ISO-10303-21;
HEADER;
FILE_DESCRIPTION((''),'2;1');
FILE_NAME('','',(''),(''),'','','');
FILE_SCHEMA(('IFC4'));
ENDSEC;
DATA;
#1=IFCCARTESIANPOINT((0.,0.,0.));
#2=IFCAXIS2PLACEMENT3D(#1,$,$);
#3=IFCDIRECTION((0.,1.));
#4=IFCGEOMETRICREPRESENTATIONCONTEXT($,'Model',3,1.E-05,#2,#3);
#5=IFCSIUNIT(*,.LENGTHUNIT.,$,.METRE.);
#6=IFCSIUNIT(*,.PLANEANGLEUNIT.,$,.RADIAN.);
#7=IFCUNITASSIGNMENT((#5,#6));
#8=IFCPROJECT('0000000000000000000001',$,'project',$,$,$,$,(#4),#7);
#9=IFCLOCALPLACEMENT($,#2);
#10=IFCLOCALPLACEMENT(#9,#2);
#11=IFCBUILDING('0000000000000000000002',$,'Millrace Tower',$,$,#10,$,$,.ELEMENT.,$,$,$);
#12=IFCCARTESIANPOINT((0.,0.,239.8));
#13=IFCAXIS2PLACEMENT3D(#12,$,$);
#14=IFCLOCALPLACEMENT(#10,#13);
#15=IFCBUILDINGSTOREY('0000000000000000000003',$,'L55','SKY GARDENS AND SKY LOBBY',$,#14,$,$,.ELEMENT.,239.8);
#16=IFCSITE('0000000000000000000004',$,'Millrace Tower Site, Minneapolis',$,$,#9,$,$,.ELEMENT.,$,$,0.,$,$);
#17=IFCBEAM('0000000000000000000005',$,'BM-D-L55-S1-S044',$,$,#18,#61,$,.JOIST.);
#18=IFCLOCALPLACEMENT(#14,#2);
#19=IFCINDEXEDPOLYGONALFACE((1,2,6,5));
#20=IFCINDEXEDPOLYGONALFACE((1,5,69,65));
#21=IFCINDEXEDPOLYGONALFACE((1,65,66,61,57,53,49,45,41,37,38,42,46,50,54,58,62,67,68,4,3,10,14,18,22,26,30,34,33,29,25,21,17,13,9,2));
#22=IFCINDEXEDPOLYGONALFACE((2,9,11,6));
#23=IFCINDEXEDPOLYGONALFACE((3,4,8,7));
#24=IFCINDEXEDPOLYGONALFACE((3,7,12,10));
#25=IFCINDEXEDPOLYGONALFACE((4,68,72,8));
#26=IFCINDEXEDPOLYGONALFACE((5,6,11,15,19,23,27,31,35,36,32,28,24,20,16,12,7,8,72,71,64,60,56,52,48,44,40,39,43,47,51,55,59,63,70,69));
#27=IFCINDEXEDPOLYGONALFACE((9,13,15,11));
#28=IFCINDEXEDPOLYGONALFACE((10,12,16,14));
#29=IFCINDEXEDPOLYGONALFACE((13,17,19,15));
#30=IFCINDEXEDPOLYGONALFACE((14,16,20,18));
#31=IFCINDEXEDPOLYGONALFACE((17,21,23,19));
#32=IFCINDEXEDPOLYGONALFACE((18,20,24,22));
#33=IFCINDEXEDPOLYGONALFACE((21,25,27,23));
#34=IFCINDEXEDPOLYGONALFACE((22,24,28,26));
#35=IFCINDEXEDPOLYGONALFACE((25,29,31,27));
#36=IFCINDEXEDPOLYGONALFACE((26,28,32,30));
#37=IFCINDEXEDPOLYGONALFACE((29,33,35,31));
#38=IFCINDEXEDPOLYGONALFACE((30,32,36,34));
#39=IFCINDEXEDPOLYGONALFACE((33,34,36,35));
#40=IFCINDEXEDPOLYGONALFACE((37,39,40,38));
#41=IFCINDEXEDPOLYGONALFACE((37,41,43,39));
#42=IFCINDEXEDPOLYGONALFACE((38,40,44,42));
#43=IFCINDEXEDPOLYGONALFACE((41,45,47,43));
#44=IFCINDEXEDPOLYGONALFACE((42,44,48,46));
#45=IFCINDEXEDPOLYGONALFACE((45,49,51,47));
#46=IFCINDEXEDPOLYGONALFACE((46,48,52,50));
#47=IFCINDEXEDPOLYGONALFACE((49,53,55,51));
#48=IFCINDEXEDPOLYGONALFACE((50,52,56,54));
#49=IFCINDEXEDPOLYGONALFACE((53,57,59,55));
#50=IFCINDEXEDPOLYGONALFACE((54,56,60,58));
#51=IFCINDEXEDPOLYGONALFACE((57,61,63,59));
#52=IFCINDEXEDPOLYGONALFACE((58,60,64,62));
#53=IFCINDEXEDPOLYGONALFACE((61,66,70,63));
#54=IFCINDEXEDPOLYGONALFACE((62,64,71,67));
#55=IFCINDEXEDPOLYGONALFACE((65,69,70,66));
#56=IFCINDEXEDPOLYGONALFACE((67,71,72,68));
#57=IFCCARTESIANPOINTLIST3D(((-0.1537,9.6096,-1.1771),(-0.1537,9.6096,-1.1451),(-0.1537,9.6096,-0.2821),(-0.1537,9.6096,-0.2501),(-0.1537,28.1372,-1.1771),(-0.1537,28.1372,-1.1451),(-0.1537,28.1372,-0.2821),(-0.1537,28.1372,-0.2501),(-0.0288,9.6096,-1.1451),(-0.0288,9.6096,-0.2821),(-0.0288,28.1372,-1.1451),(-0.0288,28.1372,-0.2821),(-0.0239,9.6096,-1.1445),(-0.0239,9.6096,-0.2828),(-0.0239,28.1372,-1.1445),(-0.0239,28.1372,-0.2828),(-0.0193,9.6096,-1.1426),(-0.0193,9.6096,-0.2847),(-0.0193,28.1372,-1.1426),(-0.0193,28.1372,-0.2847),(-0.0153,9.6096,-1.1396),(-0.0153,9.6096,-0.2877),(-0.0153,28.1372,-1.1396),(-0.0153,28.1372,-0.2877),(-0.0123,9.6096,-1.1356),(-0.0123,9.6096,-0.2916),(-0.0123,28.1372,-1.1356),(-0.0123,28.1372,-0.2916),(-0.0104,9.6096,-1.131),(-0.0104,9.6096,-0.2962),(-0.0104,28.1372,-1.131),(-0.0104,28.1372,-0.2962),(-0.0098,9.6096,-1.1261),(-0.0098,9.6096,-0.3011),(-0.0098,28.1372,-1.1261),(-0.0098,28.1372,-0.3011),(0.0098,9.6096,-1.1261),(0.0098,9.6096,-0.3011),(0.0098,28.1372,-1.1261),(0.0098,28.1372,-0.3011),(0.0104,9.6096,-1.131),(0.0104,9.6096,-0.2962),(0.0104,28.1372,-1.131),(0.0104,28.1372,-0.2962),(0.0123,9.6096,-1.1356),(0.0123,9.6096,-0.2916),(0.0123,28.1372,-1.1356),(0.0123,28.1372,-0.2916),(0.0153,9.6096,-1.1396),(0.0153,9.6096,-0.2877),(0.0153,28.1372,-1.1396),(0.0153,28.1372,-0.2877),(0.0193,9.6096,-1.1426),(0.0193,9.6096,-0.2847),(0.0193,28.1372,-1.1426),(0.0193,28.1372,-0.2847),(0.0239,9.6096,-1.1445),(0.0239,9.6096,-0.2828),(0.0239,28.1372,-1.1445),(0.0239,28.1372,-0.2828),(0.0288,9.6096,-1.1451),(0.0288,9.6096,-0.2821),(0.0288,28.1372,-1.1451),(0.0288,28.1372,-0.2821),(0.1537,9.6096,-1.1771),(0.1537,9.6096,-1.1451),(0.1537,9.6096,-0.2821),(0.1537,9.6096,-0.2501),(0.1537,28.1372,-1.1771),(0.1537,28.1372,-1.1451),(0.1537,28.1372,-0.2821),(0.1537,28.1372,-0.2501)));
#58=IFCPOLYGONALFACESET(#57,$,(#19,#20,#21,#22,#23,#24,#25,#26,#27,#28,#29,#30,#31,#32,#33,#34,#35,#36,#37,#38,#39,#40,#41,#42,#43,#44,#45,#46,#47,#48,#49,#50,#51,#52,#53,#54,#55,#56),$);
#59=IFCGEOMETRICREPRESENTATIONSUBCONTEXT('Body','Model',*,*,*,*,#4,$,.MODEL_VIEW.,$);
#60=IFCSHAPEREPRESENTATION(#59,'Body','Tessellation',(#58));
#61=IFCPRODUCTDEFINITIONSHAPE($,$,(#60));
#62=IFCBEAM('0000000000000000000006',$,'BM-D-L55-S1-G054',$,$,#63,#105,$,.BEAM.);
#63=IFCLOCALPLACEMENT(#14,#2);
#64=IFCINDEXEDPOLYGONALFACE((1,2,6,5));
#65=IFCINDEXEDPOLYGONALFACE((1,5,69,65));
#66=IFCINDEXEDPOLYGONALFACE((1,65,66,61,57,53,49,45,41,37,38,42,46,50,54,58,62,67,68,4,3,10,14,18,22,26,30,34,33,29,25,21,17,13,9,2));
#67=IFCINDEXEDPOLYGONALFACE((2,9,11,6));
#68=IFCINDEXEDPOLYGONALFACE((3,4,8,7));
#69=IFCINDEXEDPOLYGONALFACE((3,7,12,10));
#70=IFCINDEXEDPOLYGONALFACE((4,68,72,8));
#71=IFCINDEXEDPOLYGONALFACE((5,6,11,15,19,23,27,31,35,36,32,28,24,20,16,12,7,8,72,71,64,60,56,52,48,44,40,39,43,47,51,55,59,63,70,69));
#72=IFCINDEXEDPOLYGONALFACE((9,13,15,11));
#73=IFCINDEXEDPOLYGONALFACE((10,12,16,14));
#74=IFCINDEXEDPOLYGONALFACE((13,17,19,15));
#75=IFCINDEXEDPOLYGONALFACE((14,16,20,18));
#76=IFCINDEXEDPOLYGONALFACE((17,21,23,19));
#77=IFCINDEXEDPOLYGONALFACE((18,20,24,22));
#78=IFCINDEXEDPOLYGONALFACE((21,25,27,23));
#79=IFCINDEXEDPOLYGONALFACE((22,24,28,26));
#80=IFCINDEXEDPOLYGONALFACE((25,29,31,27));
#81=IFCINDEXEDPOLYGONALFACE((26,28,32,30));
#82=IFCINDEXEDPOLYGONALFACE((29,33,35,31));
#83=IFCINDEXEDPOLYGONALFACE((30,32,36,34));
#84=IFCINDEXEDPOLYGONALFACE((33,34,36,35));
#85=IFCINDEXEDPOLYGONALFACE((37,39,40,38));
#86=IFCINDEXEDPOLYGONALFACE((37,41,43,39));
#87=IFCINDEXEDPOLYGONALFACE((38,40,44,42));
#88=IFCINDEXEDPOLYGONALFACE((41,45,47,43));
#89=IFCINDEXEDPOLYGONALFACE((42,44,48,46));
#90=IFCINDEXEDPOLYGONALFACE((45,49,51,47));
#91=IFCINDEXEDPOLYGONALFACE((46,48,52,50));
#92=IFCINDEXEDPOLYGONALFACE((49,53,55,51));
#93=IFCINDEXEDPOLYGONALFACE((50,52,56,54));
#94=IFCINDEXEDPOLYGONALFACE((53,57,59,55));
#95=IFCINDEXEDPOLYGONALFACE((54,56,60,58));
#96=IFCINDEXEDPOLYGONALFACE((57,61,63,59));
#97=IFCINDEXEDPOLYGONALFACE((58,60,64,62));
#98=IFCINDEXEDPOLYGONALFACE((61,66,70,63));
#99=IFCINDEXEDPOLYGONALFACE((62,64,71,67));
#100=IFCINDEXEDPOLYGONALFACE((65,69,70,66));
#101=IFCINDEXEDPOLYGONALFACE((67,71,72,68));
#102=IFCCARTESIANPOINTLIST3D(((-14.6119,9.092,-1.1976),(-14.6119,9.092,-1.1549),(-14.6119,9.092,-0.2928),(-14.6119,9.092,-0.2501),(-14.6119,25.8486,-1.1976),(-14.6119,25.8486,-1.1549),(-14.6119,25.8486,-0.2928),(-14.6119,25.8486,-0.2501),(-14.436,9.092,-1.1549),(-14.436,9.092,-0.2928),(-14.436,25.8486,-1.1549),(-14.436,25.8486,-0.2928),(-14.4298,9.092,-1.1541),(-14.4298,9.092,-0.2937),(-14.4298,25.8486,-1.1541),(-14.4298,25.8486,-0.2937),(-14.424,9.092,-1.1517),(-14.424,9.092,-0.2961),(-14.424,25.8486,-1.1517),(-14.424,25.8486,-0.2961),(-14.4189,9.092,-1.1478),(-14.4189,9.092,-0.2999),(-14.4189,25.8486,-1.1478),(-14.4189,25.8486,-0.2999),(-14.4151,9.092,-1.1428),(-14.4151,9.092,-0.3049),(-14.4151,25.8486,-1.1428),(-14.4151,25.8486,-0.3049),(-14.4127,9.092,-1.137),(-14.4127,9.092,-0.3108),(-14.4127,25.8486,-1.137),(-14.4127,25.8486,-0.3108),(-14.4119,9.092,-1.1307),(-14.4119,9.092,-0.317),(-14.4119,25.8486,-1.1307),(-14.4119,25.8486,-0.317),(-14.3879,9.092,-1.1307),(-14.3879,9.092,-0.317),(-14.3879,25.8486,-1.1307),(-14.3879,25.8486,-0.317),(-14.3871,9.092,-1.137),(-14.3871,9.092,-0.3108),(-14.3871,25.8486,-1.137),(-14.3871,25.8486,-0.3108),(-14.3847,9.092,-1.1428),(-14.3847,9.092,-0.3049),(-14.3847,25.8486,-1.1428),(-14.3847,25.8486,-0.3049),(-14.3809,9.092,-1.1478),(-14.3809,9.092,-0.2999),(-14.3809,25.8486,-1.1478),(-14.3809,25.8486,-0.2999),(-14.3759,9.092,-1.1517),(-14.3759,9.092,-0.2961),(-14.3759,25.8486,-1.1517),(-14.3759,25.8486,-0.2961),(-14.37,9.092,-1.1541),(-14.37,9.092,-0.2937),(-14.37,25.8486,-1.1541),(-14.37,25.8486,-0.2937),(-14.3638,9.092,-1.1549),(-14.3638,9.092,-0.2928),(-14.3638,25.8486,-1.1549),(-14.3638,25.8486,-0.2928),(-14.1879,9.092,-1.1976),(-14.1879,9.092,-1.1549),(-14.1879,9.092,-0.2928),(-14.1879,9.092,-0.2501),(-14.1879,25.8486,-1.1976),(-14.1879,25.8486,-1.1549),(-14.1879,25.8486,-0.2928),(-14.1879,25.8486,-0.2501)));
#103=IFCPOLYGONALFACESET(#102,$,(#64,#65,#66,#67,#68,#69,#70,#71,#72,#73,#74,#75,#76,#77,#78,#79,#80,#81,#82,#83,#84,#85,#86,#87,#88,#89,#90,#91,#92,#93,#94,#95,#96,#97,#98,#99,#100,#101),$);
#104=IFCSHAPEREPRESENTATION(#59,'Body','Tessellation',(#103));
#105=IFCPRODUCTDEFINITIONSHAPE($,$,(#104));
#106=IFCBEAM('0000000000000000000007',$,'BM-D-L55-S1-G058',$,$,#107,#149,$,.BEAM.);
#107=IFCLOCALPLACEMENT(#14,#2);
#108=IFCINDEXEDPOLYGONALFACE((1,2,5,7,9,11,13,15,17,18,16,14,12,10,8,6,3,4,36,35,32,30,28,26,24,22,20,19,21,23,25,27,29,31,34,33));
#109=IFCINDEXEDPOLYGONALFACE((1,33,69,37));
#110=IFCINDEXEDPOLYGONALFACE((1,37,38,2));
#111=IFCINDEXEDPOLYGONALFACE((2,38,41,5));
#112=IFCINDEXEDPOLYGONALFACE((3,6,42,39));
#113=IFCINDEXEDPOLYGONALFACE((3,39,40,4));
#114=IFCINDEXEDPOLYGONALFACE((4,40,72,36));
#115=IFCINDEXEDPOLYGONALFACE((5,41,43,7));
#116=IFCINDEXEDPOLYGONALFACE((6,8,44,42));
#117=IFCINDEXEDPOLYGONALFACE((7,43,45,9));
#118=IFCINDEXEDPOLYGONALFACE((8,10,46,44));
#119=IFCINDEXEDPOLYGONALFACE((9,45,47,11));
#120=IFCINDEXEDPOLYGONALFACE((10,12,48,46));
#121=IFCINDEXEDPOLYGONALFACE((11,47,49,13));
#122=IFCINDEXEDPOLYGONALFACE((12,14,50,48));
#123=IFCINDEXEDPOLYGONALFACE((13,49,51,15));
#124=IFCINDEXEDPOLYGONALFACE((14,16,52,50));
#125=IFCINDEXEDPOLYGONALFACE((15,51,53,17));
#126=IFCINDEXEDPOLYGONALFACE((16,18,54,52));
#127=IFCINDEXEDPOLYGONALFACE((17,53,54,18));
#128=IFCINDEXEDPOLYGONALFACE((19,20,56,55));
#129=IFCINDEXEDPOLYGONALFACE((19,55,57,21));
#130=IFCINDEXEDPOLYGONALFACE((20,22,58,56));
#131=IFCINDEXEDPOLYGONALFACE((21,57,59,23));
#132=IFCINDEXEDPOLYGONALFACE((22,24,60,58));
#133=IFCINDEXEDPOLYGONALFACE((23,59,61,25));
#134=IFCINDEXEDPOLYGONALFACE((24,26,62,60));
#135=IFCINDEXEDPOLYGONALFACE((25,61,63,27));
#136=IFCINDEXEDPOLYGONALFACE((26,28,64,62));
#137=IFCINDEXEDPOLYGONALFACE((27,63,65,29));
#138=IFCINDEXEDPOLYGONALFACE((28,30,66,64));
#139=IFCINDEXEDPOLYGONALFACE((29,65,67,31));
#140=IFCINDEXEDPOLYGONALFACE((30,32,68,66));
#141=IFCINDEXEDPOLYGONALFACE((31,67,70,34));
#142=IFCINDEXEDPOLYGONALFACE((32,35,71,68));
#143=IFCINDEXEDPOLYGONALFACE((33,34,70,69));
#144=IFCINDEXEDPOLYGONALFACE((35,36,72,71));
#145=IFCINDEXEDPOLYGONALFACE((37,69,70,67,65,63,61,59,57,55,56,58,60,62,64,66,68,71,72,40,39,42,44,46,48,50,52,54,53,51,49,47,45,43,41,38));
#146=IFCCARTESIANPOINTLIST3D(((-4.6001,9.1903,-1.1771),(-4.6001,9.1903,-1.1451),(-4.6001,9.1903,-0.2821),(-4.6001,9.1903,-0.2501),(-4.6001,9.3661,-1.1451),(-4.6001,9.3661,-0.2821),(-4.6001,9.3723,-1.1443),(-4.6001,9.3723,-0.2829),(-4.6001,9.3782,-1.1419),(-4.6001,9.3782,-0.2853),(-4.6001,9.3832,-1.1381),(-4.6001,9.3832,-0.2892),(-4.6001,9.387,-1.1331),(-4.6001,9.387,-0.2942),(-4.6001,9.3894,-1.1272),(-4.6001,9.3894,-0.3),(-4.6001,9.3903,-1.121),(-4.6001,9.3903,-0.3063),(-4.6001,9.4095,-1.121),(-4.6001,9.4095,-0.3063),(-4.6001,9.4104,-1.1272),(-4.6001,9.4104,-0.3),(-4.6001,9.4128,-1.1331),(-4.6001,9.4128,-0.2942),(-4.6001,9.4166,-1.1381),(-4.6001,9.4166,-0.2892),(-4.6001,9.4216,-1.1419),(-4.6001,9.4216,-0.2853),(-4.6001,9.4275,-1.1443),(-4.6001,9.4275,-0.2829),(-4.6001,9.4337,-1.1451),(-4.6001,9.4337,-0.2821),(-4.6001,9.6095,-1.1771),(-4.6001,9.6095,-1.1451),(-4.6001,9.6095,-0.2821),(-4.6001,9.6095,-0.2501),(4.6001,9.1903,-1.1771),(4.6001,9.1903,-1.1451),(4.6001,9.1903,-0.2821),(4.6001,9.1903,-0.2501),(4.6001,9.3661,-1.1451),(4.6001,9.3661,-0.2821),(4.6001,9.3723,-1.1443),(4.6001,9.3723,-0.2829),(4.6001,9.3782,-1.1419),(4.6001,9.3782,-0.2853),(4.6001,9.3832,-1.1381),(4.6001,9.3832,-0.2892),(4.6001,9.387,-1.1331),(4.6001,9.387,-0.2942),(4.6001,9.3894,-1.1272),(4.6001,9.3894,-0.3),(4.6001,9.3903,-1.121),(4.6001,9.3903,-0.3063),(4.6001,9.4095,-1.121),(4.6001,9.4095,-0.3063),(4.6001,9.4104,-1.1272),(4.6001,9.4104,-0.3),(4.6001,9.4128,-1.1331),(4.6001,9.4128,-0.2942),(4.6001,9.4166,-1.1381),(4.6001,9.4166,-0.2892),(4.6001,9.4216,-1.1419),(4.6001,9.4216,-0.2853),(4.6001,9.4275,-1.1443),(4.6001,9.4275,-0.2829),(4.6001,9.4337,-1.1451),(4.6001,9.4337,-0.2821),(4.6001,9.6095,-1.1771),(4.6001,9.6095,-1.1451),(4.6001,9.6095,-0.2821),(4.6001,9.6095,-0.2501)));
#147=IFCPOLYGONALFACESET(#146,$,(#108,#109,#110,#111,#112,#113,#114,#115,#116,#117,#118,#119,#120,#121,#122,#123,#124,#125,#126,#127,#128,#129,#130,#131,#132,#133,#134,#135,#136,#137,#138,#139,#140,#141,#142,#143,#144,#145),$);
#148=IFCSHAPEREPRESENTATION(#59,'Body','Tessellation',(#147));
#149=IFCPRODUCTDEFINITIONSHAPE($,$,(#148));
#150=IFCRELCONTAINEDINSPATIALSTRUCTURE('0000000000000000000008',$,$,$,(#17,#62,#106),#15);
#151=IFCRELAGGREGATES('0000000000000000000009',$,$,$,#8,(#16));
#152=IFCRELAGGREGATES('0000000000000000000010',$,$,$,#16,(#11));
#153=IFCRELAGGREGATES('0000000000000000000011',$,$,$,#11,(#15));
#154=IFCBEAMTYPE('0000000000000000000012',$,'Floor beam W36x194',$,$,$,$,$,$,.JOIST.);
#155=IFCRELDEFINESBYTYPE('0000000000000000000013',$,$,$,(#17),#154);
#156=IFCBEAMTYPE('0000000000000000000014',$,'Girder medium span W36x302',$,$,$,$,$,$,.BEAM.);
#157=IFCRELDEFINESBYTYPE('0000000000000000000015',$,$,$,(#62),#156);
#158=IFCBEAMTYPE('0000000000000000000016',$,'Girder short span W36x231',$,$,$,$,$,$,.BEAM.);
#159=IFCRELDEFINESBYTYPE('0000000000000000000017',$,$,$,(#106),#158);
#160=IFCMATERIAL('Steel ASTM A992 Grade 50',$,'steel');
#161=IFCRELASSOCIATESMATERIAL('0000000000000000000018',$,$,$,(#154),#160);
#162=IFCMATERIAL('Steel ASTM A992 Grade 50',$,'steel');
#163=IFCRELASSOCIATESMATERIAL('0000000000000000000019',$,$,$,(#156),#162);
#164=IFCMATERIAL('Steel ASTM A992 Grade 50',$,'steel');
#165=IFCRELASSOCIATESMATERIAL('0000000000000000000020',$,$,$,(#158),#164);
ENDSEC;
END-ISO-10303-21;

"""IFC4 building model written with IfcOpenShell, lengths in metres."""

from ifc_helpers import new_model, si_unit, direction, frame, origin, origin_2d, place, context, subcontext, project, spatial, i_section, extrude, material, material_profile, profile_set, type_object, element, save


model = new_model("IFC4")

# Units and contexts
model_context = context("Model", 3, precision=1e-05, world=origin(), true_north=direction((0.0, 1.0)))
body_context = subcontext(model_context, "Body", "Model", "MODEL_VIEW")
ifc_project = project(units=[si_unit("LENGTHUNIT", "METRE"), si_unit("PLANEANGLEUNIT", "RADIAN")], contexts=[model_context])

# Site, building, storey
site_placement = place(None, origin())
site = spatial("IfcSite", under=ifc_project, at=site_placement, Name="Millrace Tower Site, Minneapolis", CompositionType="ELEMENT", RefElevation=0.0)
building_placement = place(site_placement, origin())
building = spatial("IfcBuilding", under=site, at=building_placement, Name="Millrace Tower", CompositionType="ELEMENT")
storey_placement = place(building_placement, frame((0.0, 0.0, 239.8)))
storey = spatial("IfcBuildingStorey", under=building, at=storey_placement, Name="L55", Description="SKY GARDENS AND SKY LOBBY", CompositionType="ELEMENT", Elevation=239.8)

# Beams
ifc_material_1 = material(Name="Steel ASTM A992 Grade 50", Category="steel")
ifc_material_profile_1 = material_profile(ifc_material_1, i_section(OverallWidth=0.3074, OverallDepth=0.927, WebThickness=0.0195, FlangeThickness=0.032, FilletRadius=0.019, at=origin_2d()))
ifc_profile_set_1 = profile_set([ifc_material_profile_1], Name="Steel ASTM A992 Grade 50")
beam_type_1 = type_object("IfcBeamType", Name="Floor beam W36x194", PredefinedType="JOIST", material=ifc_profile_set_1)
beam_1_placement = place(storey_placement, frame((0.0, 9.6096, -0.7136), z_axis=(0.0, 1.0, 0.0), x_axis=(-1.0, 0.0, 0.0)))
element("IfcBeam", 1, at=beam_1_placement, inside=storey, type_object=beam_type_1, Name="BM-D-L55-S1-S044", PredefinedType="JOIST", context=body_context, shape_type="SweptSolid", body=[
    extrude(i_section(OverallWidth=0.3074, OverallDepth=0.927, WebThickness=0.0195, FlangeThickness=0.032, FilletRadius=0.019, at=origin_2d()), origin(), (0.0, 0.0, 1.0), 18.5276),
])
ifc_material_2 = material(Name="Steel ASTM A992 Grade 50", Category="steel")
ifc_material_profile_2 = material_profile(ifc_material_2, i_section(OverallWidth=0.4241, OverallDepth=0.9475, WebThickness=0.0239, FlangeThickness=0.0427, FilletRadius=0.0242, at=origin_2d()))
ifc_profile_set_2 = profile_set([ifc_material_profile_2], Name="Steel ASTM A992 Grade 50")
beam_type_2 = type_object("IfcBeamType", Name="Girder medium span W36x302", PredefinedType="BEAM", material=ifc_profile_set_2)
beam_2_placement = place(storey_placement, frame((-14.3999, 9.092, -0.7239), z_axis=(0.0, 1.0, 0.0), x_axis=(-1.0, 0.0, 0.0)))
element("IfcBeam", 2, at=beam_2_placement, inside=storey, type_object=beam_type_2, Name="BM-D-L55-S1-G054", PredefinedType="BEAM", context=body_context, shape_type="SweptSolid", body=[
    extrude(i_section(OverallWidth=0.4241, OverallDepth=0.9475, WebThickness=0.0239, FlangeThickness=0.0427, FilletRadius=0.0242, at=origin_2d()), origin(), (0.0, 0.0, 1.0), 16.7566),
])
ifc_material_3 = material(Name="Steel ASTM A992 Grade 50", Category="steel")
ifc_material_profile_3 = material_profile(ifc_material_3, i_section(OverallWidth=0.4192, OverallDepth=0.927, WebThickness=0.0193, FlangeThickness=0.032, FilletRadius=0.0242, at=origin_2d()))
ifc_profile_set_3 = profile_set([ifc_material_profile_3], Name="Steel ASTM A992 Grade 50")
beam_type_3 = type_object("IfcBeamType", Name="Girder short span W36x231", PredefinedType="BEAM", material=ifc_profile_set_3)
beam_3_placement = place(storey_placement, frame((-4.6001, 9.3999, -0.7136), z_axis=(1.0, 0.0, 0.0), x_axis=(0.0, 1.0, 0.0)))
element("IfcBeam", 3, at=beam_3_placement, inside=storey, type_object=beam_type_3, Name="BM-D-L55-S1-G058", PredefinedType="BEAM", context=body_context, shape_type="SweptSolid", body=[
    extrude(i_section(OverallWidth=0.4192, OverallDepth=0.927, WebThickness=0.0193, FlangeThickness=0.032, FilletRadius=0.0242, at=origin_2d()), origin(), (0.0, 0.0, 1.0), 9.2002),
])

save(model, "model.ifc")
